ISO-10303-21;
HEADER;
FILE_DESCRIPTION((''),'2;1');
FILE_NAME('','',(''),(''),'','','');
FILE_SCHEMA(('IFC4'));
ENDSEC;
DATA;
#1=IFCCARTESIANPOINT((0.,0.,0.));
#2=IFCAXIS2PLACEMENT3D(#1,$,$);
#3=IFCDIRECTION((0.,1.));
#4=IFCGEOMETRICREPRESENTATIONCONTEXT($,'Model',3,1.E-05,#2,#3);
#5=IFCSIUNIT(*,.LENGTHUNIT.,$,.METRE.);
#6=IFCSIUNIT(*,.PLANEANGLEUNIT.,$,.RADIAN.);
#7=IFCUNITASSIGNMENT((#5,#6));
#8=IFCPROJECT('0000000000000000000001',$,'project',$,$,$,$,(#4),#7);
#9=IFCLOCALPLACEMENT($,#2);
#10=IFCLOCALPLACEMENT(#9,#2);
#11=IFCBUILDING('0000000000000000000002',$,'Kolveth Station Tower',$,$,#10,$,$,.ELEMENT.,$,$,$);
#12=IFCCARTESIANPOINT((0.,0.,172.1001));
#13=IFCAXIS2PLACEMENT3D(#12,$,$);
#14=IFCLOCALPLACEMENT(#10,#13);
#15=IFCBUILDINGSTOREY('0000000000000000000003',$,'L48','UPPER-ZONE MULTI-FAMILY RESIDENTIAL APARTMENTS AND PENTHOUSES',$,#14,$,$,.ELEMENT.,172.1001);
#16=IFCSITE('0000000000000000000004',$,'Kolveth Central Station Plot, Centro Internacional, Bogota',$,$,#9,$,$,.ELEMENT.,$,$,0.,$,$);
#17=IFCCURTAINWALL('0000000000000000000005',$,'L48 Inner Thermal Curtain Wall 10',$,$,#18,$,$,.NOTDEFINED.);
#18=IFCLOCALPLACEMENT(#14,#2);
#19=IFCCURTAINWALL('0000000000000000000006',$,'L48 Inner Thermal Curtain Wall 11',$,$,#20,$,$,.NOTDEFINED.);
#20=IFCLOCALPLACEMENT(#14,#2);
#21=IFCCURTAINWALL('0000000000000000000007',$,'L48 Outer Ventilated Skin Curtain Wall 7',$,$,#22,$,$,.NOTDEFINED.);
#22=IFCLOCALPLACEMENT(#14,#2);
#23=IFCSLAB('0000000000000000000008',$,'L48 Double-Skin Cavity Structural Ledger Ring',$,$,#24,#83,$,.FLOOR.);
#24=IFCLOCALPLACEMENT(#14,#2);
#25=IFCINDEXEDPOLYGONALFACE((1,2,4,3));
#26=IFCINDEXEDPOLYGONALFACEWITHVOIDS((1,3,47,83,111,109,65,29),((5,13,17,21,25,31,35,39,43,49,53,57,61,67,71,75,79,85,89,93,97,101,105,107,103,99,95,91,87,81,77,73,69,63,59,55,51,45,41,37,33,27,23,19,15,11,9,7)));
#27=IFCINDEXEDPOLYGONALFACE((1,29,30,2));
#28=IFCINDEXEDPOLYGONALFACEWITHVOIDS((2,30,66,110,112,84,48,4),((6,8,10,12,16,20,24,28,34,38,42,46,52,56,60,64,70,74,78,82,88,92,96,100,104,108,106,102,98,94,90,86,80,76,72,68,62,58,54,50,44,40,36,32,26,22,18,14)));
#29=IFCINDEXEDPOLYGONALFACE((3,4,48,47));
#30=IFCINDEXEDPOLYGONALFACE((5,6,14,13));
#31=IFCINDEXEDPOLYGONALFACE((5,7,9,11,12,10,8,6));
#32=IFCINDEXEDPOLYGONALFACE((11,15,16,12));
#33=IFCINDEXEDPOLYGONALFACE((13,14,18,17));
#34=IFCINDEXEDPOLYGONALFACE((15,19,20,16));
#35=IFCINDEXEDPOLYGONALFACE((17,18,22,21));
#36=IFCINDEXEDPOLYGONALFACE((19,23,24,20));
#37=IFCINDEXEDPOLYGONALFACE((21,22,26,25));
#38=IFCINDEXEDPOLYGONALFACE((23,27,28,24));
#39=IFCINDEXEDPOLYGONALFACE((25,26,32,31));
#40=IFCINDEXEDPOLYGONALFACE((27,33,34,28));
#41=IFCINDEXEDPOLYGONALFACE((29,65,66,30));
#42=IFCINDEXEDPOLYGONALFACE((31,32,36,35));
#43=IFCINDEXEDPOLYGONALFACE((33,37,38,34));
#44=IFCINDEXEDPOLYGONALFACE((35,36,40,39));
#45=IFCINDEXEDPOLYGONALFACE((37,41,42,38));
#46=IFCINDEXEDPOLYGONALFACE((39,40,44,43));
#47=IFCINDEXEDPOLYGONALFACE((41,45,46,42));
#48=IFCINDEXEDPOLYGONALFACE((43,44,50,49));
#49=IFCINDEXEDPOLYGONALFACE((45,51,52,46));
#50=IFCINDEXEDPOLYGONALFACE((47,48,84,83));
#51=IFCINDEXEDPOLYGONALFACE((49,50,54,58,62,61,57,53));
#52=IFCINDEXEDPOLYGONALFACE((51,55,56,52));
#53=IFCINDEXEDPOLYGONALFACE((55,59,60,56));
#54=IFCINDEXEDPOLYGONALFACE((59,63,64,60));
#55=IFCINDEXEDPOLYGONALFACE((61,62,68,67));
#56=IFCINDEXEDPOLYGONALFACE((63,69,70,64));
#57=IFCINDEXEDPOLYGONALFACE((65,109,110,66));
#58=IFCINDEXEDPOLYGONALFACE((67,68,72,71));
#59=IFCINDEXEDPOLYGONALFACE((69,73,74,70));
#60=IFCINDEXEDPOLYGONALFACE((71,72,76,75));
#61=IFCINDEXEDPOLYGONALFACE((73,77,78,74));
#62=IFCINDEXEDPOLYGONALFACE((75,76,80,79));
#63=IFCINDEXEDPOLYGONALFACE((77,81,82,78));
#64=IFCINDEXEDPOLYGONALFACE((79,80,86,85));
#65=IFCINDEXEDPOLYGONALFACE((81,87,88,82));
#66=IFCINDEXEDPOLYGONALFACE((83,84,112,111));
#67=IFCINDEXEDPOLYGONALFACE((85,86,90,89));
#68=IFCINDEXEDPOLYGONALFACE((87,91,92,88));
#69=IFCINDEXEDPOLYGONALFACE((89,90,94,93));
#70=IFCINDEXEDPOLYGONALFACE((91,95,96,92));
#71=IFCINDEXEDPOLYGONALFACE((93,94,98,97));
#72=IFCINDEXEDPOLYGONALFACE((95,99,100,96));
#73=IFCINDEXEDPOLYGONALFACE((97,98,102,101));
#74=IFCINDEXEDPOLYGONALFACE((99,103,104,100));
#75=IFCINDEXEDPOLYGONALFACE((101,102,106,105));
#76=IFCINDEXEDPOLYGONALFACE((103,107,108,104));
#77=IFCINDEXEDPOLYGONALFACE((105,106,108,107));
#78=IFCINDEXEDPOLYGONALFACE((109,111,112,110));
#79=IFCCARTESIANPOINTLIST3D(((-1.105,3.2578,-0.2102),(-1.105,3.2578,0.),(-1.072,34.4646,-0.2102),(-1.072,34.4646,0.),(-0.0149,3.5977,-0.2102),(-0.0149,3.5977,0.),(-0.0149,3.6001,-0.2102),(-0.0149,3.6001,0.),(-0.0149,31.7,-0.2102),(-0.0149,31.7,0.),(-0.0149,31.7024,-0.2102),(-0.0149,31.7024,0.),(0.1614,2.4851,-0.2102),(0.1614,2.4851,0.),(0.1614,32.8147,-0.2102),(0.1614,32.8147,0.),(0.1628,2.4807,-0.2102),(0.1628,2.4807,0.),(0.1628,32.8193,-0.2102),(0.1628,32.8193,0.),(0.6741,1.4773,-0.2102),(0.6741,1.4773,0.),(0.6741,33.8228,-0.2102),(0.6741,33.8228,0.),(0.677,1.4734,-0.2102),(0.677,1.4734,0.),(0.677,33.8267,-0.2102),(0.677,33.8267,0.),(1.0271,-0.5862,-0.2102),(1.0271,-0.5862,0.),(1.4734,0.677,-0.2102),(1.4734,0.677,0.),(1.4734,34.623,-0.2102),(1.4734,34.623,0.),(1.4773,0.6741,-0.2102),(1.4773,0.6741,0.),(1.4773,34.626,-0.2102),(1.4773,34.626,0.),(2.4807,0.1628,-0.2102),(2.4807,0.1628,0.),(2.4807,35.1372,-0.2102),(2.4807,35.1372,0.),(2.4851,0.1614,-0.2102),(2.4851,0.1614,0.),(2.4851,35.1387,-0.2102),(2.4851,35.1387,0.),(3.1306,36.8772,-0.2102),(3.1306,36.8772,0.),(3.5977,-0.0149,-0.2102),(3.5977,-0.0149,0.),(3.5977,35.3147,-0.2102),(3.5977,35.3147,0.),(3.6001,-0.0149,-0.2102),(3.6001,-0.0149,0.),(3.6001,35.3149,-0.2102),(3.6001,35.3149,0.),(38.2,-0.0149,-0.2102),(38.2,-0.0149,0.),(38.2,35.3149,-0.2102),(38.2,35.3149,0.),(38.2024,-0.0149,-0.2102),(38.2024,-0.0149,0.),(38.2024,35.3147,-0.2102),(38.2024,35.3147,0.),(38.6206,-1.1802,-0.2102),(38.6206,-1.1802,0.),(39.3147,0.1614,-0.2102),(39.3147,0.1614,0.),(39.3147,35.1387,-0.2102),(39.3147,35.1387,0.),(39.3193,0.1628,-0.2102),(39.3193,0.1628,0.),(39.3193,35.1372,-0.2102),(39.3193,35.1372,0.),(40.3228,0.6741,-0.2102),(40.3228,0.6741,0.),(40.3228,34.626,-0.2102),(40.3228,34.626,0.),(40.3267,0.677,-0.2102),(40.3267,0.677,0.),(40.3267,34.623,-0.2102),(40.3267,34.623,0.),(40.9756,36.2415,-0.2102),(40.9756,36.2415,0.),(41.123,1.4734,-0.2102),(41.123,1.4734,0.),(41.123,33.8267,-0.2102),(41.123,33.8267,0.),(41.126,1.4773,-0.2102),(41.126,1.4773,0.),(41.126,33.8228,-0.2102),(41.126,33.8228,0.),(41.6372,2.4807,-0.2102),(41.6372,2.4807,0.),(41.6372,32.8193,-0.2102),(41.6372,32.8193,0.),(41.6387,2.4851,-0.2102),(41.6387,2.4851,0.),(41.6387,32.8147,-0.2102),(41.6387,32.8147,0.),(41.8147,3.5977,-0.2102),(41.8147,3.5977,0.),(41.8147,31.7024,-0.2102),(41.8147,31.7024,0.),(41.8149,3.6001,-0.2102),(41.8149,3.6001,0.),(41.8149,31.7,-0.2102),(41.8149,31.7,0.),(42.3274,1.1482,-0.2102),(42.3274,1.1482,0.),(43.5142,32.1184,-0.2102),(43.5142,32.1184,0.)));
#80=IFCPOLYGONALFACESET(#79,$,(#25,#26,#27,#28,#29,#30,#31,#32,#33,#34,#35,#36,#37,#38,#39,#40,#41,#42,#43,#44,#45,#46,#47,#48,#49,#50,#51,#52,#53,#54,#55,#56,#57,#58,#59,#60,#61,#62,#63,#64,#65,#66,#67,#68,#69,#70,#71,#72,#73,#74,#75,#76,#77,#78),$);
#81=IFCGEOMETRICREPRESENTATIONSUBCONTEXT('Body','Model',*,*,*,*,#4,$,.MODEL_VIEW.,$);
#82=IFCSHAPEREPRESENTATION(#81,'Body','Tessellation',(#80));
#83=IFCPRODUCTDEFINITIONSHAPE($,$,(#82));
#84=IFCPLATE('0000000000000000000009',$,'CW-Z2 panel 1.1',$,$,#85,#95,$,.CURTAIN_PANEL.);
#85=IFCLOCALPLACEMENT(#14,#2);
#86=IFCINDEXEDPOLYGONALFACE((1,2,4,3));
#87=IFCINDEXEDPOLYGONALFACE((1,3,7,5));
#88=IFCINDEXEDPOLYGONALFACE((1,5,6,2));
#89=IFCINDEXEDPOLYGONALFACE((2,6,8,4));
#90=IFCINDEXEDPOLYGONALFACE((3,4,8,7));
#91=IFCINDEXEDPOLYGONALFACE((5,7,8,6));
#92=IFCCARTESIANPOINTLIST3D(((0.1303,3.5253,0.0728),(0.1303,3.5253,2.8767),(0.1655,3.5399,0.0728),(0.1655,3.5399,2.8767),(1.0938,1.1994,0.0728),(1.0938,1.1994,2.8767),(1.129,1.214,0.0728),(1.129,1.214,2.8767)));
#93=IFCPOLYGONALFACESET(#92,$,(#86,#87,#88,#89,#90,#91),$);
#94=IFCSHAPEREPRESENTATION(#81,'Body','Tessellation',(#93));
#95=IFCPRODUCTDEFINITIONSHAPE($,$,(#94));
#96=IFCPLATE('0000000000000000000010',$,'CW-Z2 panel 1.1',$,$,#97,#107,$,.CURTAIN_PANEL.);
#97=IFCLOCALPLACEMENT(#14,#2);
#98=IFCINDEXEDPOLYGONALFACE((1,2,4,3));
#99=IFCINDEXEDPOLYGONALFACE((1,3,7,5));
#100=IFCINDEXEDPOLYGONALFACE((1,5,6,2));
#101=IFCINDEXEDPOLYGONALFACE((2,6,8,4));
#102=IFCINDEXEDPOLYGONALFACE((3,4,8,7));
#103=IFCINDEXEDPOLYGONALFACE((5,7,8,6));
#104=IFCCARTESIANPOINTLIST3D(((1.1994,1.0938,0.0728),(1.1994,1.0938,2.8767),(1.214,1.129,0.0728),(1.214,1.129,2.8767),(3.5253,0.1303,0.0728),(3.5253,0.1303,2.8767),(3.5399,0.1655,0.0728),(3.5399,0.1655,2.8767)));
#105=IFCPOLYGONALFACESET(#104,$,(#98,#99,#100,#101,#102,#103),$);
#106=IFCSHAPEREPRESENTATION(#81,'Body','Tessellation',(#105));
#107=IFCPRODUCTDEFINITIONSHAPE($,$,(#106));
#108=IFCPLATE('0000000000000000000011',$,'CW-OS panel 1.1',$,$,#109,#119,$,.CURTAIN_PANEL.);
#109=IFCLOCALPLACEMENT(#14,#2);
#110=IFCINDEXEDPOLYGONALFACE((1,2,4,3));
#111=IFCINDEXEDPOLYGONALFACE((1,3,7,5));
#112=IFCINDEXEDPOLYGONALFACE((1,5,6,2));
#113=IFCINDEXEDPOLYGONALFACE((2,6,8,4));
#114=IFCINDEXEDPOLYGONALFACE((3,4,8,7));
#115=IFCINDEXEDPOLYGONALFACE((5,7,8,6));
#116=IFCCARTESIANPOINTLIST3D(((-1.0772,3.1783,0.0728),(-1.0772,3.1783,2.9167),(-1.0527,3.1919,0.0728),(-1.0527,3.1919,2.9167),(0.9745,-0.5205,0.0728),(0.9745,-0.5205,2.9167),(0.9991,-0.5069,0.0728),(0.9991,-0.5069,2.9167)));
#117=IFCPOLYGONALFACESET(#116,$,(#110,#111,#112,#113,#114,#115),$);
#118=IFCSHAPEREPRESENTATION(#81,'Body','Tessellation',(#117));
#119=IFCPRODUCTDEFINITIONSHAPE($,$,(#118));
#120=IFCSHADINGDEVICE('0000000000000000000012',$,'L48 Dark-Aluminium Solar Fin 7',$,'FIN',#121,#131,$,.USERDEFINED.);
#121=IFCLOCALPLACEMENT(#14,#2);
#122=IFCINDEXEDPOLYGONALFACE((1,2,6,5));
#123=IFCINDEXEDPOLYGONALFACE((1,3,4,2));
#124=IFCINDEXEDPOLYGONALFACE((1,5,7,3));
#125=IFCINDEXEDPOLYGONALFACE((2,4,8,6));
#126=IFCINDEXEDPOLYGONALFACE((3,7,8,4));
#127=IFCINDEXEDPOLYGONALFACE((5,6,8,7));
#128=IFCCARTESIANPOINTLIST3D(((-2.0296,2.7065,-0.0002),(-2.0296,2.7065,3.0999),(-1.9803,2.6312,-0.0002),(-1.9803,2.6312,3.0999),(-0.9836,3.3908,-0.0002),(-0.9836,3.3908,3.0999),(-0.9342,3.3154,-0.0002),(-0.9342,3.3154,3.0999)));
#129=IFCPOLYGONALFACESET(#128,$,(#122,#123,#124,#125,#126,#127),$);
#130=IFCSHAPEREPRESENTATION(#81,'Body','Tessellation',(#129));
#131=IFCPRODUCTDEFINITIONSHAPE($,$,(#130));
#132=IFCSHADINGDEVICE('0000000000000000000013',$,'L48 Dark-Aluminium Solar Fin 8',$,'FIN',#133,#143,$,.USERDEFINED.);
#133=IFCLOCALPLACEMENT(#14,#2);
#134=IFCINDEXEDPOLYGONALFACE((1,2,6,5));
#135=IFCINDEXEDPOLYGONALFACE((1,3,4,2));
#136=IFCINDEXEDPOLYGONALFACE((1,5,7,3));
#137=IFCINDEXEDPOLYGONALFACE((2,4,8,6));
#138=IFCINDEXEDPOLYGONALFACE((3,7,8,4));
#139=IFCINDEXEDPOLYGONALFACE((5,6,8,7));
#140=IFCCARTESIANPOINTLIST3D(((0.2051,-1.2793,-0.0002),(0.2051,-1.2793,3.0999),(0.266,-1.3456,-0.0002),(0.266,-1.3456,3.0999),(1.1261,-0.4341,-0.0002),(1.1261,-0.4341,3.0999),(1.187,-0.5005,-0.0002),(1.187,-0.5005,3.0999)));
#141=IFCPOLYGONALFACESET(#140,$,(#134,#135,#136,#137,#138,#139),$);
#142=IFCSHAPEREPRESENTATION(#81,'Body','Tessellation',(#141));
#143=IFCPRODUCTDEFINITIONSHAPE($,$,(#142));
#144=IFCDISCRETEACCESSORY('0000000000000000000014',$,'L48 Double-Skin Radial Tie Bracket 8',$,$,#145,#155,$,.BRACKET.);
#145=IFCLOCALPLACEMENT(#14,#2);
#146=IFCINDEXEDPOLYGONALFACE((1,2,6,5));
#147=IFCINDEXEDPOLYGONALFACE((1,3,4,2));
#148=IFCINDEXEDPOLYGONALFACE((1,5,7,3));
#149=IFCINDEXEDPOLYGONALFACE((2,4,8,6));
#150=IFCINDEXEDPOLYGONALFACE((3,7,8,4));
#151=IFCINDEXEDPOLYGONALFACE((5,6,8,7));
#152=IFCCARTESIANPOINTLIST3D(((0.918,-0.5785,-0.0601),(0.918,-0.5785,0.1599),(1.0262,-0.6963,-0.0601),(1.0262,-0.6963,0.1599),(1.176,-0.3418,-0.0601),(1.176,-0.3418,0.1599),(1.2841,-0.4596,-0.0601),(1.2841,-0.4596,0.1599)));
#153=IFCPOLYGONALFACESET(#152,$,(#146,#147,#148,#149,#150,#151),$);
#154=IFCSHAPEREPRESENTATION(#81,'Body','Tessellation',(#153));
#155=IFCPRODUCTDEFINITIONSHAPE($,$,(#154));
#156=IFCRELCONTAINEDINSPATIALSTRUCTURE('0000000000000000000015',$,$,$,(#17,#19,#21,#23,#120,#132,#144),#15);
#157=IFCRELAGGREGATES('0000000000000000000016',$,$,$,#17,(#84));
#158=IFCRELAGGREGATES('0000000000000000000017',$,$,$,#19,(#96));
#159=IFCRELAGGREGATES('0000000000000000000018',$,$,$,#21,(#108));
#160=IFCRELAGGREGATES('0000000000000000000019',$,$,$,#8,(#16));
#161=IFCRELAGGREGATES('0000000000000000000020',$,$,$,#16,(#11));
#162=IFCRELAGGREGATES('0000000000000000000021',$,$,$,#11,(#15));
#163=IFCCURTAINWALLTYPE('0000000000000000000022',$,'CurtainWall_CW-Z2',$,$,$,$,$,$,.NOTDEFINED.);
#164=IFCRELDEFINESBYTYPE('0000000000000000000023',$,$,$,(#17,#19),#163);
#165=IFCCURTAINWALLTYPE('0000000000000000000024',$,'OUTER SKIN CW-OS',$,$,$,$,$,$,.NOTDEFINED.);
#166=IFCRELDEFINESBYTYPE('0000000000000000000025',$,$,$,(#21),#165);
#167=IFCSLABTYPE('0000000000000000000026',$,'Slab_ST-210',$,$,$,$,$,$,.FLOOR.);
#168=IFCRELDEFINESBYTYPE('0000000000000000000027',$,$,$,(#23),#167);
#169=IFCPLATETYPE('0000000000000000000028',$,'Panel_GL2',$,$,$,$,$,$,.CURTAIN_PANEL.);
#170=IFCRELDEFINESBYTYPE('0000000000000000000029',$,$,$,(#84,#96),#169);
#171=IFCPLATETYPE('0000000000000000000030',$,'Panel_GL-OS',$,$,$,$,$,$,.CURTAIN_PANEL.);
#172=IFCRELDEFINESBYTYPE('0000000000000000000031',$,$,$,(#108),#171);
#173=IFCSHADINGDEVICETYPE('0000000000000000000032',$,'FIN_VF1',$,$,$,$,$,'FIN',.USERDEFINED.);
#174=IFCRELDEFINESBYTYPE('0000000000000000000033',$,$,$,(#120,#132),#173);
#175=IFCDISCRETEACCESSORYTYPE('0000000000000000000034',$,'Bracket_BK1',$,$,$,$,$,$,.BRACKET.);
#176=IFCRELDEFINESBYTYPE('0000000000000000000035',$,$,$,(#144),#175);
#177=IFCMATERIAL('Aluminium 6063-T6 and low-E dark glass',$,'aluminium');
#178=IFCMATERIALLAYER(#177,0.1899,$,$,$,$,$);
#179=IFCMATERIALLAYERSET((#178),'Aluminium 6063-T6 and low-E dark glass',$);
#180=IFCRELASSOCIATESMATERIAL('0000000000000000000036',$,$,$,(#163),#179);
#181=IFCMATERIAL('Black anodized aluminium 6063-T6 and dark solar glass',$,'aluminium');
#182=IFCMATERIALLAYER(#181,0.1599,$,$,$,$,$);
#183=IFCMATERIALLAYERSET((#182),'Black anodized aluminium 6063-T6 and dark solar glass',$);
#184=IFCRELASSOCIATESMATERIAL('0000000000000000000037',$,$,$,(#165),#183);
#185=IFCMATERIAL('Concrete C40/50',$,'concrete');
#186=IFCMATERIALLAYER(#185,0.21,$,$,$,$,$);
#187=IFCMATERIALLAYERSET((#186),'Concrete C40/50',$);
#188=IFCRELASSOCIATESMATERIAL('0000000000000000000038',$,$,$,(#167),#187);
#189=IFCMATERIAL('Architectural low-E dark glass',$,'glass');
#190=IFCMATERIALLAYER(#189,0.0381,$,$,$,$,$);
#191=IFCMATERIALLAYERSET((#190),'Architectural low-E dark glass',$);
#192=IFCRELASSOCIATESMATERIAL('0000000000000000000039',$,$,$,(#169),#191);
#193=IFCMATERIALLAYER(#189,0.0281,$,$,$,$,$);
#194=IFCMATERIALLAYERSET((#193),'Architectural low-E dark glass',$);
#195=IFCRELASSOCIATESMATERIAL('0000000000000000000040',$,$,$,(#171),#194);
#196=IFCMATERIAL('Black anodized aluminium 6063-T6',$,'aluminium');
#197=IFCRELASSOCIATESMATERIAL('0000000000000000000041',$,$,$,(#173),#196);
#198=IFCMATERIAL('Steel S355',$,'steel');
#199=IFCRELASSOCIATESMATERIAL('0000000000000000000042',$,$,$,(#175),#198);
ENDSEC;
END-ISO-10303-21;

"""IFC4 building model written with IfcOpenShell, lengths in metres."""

from ifc_helpers import new_model, si_unit, direction, frame, origin, origin_2d, place, context, subcontext, project, spatial, polyline, rectangle, outline, extrude, source, transform, mapped, material, layer, layer_set, type_object, element, aggregate, save


model = new_model("IFC4")

# Units and contexts
model_context = context("Model", 3, precision=1e-05, world=origin(), true_north=direction((0.0, 1.0)))
body_context = subcontext(model_context, "Body", "Model", "MODEL_VIEW")
ifc_project = project(units=[si_unit("LENGTHUNIT", "METRE"), si_unit("PLANEANGLEUNIT", "RADIAN")], contexts=[model_context])

# Site, building, storey
site_placement = place(None, origin())
site = spatial("IfcSite", under=ifc_project, at=site_placement, Name="Kolveth Central Station Plot, Centro Internacional, Bogota", CompositionType="ELEMENT", RefElevation=0.0)
building_placement = place(site_placement, origin())
building = spatial("IfcBuilding", under=site, at=building_placement, Name="Kolveth Station Tower", CompositionType="ELEMENT")
storey_placement = place(building_placement, frame((0.0, 0.0, 172.1001)))
storey = spatial("IfcBuildingStorey", under=building, at=storey_placement, Name="L48", Description="UPPER-ZONE MULTI-FAMILY RESIDENTIAL APARTMENTS AND PENTHOUSES", CompositionType="ELEMENT", Elevation=172.1001)

# Curtain wall
ifc_material_1 = material(Name="Aluminium 6063-T6 and low-E dark glass", Category="aluminium")
ifc_layer_1 = layer(ifc_material_1, 0.1899)
ifc_layer_set_1 = layer_set([ifc_layer_1], Name="Aluminium 6063-T6 and low-E dark glass")
curtain_wall_type_1 = type_object("IfcCurtainWallType", Name="CurtainWall_CW-Z2", PredefinedType="NOTDEFINED", material=ifc_layer_set_1)
curtain_wall_1_placement = place(storey_placement, origin())
curtain_wall_1 = element("IfcCurtainWall", 1, at=curtain_wall_1_placement, inside=storey, type_object=curtain_wall_type_1, Name="L48 Inner Thermal Curtain Wall 10", PredefinedType="NOTDEFINED")
ifc_material_2 = material(Name="Black anodized aluminium 6063-T6", Category="aluminium")

# Curtain wall
curtain_wall_2_placement = place(storey_placement, origin())
curtain_wall_2 = element("IfcCurtainWall", 2, at=curtain_wall_2_placement, inside=storey, type_object=curtain_wall_type_1, Name="L48 Inner Thermal Curtain Wall 11", PredefinedType="NOTDEFINED")

# Curtain wall
ifc_material_3 = material(Name="Black anodized aluminium 6063-T6 and dark solar glass", Category="aluminium")
ifc_layer_2 = layer(ifc_material_3, 0.1599)
ifc_layer_set_2 = layer_set([ifc_layer_2], Name="Black anodized aluminium 6063-T6 and dark solar glass")
curtain_wall_type_2 = type_object("IfcCurtainWallType", Name="OUTER SKIN CW-OS", PredefinedType="NOTDEFINED", material=ifc_layer_set_2)
curtain_wall_3_placement = place(storey_placement, origin())
curtain_wall_3 = element("IfcCurtainWall", 3, at=curtain_wall_3_placement, inside=storey, type_object=curtain_wall_type_2, Name="L48 Outer Ventilated Skin Curtain Wall 7", PredefinedType="NOTDEFINED")

# Shared definitions
ifc_material_4 = material(Name="Concrete C40/50", Category="concrete")

# Slab
ifc_layer_3 = layer(ifc_material_4, 0.21)
ifc_layer_set_3 = layer_set([ifc_layer_3], Name="Concrete C40/50")
slab_type_1 = type_object("IfcSlabType", Name="Slab_ST-210", PredefinedType="FLOOR", material=ifc_layer_set_3)
slab_1_placement = place(storey_placement, frame((0.0, 0.0, -0.2102)))
element("IfcSlab", 4, at=slab_1_placement, inside=storey, type_object=slab_type_1, Name="L48 Double-Skin Cavity Structural Ledger Ring", PredefinedType="FLOOR", context=body_context, shape_type="SweptSolid", body=[
    extrude(outline(polyline([(1.0271, -0.5862), (-1.105, 3.2578), (-1.072, 34.4646), (3.1306, 36.8772), (40.9756, 36.2415), (43.5142, 32.1184), (42.3274, 1.1482), (38.6206, -1.1802), (1.0271, -0.5862)]), holes=[polyline([(38.2024, -0.0149), (39.3147, 0.1614), (39.3193, 0.1628), (40.3228, 0.6741), (40.3267, 0.677), (41.123, 1.4734), (41.126, 1.4773), (41.6372, 2.4807), (41.6387, 2.4851), (41.8147, 3.5977), (41.8149, 3.6001), (41.8149, 31.7), (41.8147, 31.7024), (41.6387, 32.8147), (41.6372, 32.8193), (41.126, 33.8228), (41.123, 33.8267), (40.3267, 34.623), (40.3228, 34.626), (39.3193, 35.1372), (39.3147, 35.1387), (38.2024, 35.3147), (38.2, 35.3149), (3.6001, 35.3149), (3.5977, 35.3147), (2.4851, 35.1387), (2.4807, 35.1372), (1.4773, 34.626), (1.4734, 34.623), (0.677, 33.8267), (0.6741, 33.8228), (0.1628, 32.8193), (0.1614, 32.8147), (-0.0149, 31.7024), (-0.0149, 31.7), (-0.0149, 3.6001), (-0.0149, 3.5977), (0.1614, 2.4851), (0.1628, 2.4807), (0.6741, 1.4773), (0.677, 1.4734), (1.4734, 0.677), (1.4773, 0.6741), (2.4807, 0.1628), (2.4851, 0.1614), (3.5977, -0.0149), (3.6001, -0.0149), (38.2, -0.0149), (38.2024, -0.0149)])]), origin(), (0.0, 0.0, 1.0), 0.2102),
])

# Plates
ifc_material_5 = material(Name="Architectural low-E dark glass", Category="glass")
ifc_layer_4 = layer(ifc_material_5, 0.0381)
ifc_layer_set_4 = layer_set([ifc_layer_4], Name="Architectural low-E dark glass")
plate_type_1 = type_object("IfcPlateType", Name="Panel_GL2", PredefinedType="CURTAIN_PANEL", material=ifc_layer_set_4)
shared_shape_1 = source(origin(), body_context, "Body", "SweptSolid", [
    extrude(rectangle(XDim=2.5176, YDim=0.0381, at=origin_2d()), origin(), (0.0, 0.0, 1.0), 2.804),
])
plate_1_placement = place(storey_placement, frame((0.6296, 2.3696, 0.0728), z_axis=(0.0, 0.0, 1.0), x_axis=(0.382698, -0.923874, 0.0)))
plate_1 = element("IfcPlate", 5, at=plate_1_placement, type_object=plate_type_1, Name="CW-Z2 panel 1.1", PredefinedType="CURTAIN_PANEL", context=body_context, shape_type="MappedRepresentation", body=[
    mapped(shared_shape_1, transform((0.0, 0.0, 0.0), x_axis=(1.0, 0.0, 0.0), y_axis=(0.0, 1.0, 0.0), z_axis=(0.0, 0.0, 1.0), scale=1.0)),
])
aggregate(curtain_wall_1, [plate_1])
plate_2_placement = place(storey_placement, frame((2.3696, 0.6296, 0.0728), z_axis=(0.0, 0.0, 1.0), x_axis=(0.923874, -0.382698, 0.0)))
plate_2 = element("IfcPlate", 6, at=plate_2_placement, type_object=plate_type_1, Name="CW-Z2 panel 1.1", PredefinedType="CURTAIN_PANEL", context=body_context, shape_type="MappedRepresentation", body=[
    mapped(shared_shape_1, transform((0.0, 0.0, 0.0), x_axis=(1.0, 0.0, 0.0), y_axis=(0.0, 1.0, 0.0), z_axis=(0.0, 0.0, 1.0), scale=1.0)),
])
aggregate(curtain_wall_2, [plate_2])
ifc_layer_5 = layer(ifc_material_5, 0.0281)
ifc_layer_set_5 = layer_set([ifc_layer_5], Name="Architectural low-E dark glass")
plate_type_2 = type_object("IfcPlateType", Name="Panel_GL-OS", PredefinedType="CURTAIN_PANEL", material=ifc_layer_set_5)
shared_shape_2 = source(origin(), body_context, "Body", "SweptSolid", [
    extrude(rectangle(XDim=4.2297, YDim=0.0281, at=origin_2d()), origin(), (0.0, 0.0, 1.0), 2.844),
])
plate_3_placement = place(storey_placement, frame((-0.0391, 1.3357, 0.0728), z_axis=(0.0, 0.0, 1.0), x_axis=(0.485077, -0.874472, 0.0)))
plate_3 = element("IfcPlate", 7, at=plate_3_placement, type_object=plate_type_2, Name="CW-OS panel 1.1", PredefinedType="CURTAIN_PANEL", context=body_context, shape_type="MappedRepresentation", body=[
    mapped(shared_shape_2, transform((0.0, 0.0, 0.0), x_axis=(1.0, 0.0, 0.0), y_axis=(0.0, 1.0, 0.0), z_axis=(0.0, 0.0, 1.0), scale=1.0)),
])
aggregate(curtain_wall_3, [plate_3])

# Shading devices
shading_device_type = type_object("IfcShadingDeviceType", Name="FIN_VF1", ElementType="FIN", PredefinedType="USERDEFINED", material=ifc_material_2)
shared_shape_3 = source(origin(), body_context, "Body", "SweptSolid", [
    extrude(rectangle(XDim=1.25, YDim=0.0901, at=origin_2d()), origin(), (0.0, 0.0, 1.0), 3.1001),
])
for number, where, z_axis, x_axis, name in (
    (8, (-1.4819, 3.011, -0.0002), (0.0, 0.0, 1.0), (-0.83686, -0.547417, 0.0), "L48 Dark-Aluminium Solar Fin 7"),
    (9, (0.696, -0.8899, -0.0002), (0.0, 0.0, 1.0), (-0.736806, -0.676105, 0.0), "L48 Dark-Aluminium Solar Fin 8"),
):
    element("IfcShadingDevice", number, at=place(storey_placement, frame(where, z_axis=z_axis, x_axis=x_axis)), inside=storey, type_object=shading_device_type, Name=name, ObjectType="FIN", PredefinedType="USERDEFINED", context=body_context, shape_type="MappedRepresentation", body=[
        mapped(shared_shape_3, transform((0.0, 0.0, 0.0), x_axis=(1.0, 0.0, 0.0), y_axis=(0.0, 1.0, 0.0), z_axis=(0.0, 0.0, 1.0), scale=1.0)),
    ])

# Discrete accessory
ifc_material_6 = material(Name="Steel S355", Category="steel")
discrete_accessory_type = type_object("IfcDiscreteAccessoryType", Name="Bracket_BK1", PredefinedType="BRACKET", material=ifc_material_6)
shared_shape_4 = source(origin(), body_context, "Body", "SweptSolid", [
    extrude(rectangle(XDim=0.3501, YDim=0.1599, at=origin_2d()), origin(), (0.0, 0.0, 1.0), 0.22),
])
discrete_accessory_placement = place(storey_placement, frame((1.1011, -0.519, -0.0601), z_axis=(0.0, 0.0, 1.0), x_axis=(-0.736806, -0.676105, 0.0)))
element("IfcDiscreteAccessory", 10, at=discrete_accessory_placement, inside=storey, type_object=discrete_accessory_type, Name="L48 Double-Skin Radial Tie Bracket 8", PredefinedType="BRACKET", context=body_context, shape_type="MappedRepresentation", body=[
    mapped(shared_shape_4, transform((0.0, 0.0, 0.0), x_axis=(1.0, 0.0, 0.0), y_axis=(0.0, 1.0, 0.0), z_axis=(0.0, 0.0, 1.0), scale=1.0)),
])

save(model, "model.ifc")
